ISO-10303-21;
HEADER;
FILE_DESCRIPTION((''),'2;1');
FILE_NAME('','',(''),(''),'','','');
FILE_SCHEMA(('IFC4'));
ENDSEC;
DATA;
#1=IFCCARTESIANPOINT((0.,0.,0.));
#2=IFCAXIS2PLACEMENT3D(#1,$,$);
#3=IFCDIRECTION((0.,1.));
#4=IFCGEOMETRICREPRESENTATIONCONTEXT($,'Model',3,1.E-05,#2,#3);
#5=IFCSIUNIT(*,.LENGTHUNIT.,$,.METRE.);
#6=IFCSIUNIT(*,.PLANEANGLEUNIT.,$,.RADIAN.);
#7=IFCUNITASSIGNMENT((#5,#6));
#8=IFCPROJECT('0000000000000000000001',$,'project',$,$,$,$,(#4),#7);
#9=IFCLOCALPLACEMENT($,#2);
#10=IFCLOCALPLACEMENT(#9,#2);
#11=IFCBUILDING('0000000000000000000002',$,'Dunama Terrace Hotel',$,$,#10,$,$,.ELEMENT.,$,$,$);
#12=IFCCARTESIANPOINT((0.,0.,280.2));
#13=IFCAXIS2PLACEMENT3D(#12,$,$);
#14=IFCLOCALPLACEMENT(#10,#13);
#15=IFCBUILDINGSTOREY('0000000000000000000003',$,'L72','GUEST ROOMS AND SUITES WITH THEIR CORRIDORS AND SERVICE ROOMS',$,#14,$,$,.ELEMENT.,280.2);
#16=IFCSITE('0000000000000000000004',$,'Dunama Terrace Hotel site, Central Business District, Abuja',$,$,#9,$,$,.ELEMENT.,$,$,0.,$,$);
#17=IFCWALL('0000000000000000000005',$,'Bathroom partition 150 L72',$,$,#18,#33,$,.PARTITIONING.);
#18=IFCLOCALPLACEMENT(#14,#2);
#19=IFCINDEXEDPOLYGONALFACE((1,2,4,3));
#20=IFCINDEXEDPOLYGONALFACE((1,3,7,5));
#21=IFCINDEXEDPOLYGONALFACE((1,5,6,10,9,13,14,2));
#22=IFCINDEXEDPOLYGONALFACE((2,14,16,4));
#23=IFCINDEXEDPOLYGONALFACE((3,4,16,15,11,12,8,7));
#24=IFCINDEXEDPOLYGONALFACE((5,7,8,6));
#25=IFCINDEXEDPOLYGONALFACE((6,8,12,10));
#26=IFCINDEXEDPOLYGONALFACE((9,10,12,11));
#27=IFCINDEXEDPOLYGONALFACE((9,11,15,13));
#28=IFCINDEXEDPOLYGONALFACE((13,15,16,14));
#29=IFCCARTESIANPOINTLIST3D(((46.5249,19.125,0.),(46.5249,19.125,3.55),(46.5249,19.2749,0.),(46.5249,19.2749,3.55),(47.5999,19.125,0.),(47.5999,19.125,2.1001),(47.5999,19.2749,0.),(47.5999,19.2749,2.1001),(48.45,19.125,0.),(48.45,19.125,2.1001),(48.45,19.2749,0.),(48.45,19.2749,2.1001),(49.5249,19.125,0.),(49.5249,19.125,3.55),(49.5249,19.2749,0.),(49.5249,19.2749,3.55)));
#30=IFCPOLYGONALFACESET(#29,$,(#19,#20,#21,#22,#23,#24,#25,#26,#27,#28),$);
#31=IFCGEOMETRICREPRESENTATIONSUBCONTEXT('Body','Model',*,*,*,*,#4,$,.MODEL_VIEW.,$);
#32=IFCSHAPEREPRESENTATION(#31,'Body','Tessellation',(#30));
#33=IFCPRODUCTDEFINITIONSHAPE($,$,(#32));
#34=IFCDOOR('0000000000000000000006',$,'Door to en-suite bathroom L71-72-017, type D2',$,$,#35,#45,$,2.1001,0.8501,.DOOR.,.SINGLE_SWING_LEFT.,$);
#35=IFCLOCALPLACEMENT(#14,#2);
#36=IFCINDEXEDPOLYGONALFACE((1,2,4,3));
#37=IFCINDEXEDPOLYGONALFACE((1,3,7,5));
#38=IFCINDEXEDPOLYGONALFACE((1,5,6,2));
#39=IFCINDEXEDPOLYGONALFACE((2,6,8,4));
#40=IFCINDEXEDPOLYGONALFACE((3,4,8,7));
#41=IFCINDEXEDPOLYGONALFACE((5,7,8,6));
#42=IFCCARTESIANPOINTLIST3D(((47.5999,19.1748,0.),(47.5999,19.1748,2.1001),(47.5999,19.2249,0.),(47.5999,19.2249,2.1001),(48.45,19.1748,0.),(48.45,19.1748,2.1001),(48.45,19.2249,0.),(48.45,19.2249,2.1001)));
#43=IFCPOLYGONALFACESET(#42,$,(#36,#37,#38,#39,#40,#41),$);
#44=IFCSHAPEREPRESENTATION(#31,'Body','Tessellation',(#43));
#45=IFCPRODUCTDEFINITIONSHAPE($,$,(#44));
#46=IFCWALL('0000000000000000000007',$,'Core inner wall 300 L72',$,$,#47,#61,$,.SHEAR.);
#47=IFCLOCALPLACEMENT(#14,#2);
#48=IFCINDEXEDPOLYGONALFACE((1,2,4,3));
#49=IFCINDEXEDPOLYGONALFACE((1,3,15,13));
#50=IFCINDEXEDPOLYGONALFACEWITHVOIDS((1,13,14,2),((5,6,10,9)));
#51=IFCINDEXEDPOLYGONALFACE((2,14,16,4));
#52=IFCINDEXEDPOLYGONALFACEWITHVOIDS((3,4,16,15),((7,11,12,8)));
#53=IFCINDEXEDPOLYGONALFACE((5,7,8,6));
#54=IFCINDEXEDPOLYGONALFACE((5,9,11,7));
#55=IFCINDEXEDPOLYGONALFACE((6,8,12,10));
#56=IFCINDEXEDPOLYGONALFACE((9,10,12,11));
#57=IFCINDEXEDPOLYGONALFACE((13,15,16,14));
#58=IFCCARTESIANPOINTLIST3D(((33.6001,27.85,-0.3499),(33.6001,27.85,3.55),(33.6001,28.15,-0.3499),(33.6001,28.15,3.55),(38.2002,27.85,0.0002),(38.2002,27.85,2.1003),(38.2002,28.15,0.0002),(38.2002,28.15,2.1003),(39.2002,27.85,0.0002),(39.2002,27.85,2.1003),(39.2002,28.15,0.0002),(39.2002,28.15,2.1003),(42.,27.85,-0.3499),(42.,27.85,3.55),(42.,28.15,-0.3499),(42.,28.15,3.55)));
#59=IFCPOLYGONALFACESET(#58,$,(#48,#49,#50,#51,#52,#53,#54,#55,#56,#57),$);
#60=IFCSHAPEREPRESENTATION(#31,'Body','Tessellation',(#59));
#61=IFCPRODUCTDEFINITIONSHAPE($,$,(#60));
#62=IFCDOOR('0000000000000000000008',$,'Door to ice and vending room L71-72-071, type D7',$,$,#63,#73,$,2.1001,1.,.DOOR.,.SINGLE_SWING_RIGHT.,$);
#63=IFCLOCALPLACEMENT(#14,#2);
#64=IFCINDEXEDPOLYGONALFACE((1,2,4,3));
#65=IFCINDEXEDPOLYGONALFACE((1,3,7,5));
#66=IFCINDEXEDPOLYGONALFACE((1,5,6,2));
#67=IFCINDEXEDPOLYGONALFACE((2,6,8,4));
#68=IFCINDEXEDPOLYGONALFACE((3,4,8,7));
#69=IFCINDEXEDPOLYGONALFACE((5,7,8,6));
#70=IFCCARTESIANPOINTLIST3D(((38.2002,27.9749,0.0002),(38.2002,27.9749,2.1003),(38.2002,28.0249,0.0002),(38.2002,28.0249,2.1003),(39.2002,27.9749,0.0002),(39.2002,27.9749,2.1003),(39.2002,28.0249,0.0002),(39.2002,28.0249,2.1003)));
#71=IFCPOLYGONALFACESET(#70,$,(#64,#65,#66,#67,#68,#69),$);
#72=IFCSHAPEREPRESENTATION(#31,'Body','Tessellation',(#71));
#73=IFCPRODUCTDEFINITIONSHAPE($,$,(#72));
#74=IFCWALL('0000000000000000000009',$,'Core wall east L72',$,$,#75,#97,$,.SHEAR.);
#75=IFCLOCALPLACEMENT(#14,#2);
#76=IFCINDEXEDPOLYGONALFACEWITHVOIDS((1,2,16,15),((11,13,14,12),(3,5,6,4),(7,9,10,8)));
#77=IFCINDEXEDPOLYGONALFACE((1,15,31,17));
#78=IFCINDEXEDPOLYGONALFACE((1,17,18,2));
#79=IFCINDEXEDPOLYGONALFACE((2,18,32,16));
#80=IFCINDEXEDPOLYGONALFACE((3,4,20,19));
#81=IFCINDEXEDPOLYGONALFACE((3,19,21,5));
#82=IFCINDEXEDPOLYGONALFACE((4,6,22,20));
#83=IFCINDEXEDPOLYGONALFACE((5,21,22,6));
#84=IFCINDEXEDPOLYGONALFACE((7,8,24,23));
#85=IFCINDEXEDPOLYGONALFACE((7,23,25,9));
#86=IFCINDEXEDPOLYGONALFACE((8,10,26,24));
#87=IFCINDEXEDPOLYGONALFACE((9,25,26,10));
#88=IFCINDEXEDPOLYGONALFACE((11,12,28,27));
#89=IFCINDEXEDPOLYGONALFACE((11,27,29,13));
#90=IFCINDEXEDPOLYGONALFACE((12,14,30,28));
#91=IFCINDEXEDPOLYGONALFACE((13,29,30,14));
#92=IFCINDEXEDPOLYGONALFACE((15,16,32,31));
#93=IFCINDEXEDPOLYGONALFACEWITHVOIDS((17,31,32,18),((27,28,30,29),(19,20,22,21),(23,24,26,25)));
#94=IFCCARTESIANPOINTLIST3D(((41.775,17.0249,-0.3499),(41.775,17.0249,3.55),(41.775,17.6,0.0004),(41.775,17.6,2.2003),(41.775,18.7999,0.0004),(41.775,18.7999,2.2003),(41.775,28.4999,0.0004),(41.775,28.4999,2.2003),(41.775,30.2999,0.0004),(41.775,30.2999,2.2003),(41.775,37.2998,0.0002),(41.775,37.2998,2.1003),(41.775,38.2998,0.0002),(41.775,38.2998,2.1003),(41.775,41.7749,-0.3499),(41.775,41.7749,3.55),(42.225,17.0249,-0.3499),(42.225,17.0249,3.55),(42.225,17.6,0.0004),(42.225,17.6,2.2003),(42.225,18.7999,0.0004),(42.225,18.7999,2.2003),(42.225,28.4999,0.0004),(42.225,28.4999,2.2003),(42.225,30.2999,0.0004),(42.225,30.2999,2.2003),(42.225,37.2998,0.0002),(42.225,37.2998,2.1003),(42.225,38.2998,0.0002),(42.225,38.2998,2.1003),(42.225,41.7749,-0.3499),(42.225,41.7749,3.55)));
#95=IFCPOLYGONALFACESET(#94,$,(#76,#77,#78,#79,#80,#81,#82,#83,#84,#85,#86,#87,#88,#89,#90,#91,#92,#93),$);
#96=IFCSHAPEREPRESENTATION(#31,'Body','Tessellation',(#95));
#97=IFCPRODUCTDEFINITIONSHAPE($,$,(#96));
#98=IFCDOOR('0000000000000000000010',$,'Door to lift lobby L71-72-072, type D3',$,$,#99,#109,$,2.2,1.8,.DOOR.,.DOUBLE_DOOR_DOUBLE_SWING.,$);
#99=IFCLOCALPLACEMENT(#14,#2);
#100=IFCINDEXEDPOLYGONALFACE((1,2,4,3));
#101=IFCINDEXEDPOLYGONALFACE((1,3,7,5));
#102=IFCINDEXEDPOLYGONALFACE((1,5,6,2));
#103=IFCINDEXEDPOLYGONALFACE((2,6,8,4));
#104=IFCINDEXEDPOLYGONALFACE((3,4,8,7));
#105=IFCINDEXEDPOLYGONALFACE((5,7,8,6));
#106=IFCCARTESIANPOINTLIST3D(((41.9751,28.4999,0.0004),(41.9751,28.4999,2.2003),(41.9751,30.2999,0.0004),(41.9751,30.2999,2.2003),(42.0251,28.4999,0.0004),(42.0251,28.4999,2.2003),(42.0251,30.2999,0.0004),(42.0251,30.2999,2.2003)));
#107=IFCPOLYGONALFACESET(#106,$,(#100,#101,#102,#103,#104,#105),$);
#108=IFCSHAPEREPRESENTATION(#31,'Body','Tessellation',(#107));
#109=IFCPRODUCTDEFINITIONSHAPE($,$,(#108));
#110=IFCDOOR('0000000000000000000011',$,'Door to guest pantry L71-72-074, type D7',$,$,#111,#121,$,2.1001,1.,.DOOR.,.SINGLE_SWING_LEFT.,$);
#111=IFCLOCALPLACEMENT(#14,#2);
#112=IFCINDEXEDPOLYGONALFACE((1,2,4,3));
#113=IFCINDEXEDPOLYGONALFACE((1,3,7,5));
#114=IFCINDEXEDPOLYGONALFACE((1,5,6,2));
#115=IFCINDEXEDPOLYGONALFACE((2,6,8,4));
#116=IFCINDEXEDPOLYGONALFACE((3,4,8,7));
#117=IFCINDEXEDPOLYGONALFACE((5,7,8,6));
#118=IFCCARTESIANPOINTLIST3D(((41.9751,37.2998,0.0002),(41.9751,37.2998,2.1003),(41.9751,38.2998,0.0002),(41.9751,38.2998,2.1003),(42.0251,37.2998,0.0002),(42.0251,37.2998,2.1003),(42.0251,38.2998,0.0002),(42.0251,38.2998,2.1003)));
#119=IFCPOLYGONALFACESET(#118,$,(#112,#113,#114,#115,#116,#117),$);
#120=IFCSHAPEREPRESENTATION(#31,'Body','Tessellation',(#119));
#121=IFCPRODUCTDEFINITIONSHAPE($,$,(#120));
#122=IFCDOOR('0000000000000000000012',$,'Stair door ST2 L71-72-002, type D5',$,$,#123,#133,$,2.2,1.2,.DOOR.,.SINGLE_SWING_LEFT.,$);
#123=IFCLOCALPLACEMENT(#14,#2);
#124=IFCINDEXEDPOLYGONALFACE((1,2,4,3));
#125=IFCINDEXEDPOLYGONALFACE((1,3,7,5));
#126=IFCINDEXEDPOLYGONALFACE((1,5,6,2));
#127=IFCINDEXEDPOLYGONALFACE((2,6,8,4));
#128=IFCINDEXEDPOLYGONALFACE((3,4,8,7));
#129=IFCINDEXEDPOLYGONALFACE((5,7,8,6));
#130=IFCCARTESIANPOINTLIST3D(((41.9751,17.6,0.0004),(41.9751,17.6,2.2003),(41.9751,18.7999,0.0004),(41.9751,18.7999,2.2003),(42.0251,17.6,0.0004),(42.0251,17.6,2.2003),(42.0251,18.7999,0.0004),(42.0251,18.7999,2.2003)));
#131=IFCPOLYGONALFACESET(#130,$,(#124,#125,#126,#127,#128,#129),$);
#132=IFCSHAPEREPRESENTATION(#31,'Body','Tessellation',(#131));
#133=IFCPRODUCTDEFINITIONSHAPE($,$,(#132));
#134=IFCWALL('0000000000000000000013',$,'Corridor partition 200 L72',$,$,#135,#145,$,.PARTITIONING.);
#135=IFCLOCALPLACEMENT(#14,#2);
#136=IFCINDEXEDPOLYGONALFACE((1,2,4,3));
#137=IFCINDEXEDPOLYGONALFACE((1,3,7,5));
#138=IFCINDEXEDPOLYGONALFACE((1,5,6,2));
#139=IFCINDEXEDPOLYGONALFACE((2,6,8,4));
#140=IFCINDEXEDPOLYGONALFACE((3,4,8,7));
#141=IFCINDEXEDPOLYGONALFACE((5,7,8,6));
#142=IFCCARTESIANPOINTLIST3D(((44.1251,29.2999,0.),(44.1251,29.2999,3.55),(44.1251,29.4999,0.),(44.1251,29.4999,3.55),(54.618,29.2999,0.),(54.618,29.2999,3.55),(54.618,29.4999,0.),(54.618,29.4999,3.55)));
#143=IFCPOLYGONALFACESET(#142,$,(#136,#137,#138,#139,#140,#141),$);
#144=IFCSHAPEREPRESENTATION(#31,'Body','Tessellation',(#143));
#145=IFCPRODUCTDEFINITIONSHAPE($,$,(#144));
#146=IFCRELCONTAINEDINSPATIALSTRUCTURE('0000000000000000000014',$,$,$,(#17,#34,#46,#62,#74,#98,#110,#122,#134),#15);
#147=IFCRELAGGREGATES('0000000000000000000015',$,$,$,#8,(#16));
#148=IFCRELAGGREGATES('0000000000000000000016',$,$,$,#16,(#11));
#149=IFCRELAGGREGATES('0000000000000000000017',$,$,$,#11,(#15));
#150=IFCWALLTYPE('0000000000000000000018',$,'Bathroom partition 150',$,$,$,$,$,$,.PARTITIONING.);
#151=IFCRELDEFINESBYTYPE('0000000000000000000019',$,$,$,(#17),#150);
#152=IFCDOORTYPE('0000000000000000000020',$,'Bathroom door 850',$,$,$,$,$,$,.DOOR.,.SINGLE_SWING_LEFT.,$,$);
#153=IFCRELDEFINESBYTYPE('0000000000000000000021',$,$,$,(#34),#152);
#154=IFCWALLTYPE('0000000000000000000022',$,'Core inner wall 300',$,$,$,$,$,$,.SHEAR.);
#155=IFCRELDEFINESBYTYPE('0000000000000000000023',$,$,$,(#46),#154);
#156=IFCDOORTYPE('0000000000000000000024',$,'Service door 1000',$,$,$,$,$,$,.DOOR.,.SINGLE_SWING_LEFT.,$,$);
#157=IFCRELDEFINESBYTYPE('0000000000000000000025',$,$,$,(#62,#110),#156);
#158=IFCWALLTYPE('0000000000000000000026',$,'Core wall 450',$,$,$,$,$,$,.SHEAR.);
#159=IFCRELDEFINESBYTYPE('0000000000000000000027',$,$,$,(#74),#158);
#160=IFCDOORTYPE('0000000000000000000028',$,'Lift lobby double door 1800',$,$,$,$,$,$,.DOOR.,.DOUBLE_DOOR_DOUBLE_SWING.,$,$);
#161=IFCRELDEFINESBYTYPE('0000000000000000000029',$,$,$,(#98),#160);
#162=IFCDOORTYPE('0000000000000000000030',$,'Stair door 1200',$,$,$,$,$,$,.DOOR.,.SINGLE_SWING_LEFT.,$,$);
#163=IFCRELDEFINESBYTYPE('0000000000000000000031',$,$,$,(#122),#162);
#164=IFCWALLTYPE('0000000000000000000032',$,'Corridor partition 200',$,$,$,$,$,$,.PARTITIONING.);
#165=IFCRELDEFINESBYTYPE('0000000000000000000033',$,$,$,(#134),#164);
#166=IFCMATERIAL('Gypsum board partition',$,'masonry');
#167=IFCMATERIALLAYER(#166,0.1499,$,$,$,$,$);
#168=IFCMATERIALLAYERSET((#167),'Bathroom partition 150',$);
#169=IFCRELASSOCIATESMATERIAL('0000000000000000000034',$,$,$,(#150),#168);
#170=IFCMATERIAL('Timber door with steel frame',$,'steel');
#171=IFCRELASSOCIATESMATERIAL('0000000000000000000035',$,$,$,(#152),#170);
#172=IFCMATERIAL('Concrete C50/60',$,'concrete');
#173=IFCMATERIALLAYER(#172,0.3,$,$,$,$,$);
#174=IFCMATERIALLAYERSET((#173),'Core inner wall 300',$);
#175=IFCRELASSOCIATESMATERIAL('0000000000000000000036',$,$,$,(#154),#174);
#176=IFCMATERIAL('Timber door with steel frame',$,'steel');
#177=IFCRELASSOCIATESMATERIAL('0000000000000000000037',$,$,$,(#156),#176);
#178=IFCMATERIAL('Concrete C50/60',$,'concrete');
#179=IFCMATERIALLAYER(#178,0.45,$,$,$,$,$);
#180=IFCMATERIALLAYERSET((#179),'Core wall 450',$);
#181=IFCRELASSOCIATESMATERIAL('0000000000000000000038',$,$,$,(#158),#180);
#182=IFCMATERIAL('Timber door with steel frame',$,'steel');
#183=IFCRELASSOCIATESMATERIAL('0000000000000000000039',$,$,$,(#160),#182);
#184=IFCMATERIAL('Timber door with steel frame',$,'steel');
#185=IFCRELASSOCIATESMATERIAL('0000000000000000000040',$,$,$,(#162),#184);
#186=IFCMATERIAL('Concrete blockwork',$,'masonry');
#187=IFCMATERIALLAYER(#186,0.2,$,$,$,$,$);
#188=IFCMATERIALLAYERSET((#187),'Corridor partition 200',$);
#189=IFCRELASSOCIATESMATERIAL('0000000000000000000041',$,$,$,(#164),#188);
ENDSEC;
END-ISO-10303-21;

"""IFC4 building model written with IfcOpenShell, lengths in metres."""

from ifc_helpers import new_model, si_unit, direction, frame, frame_2d, origin, place, context, subcontext, project, spatial, rectangle, extrude, material, layer, layer_set, type_object, element, fill, save


model = new_model("IFC4")

# Units and contexts
model_context = context("Model", 3, precision=1e-05, world=origin(), true_north=direction((0.0, 1.0)))
body_context = subcontext(model_context, "Body", "Model", "MODEL_VIEW")
ifc_project = project(units=[si_unit("LENGTHUNIT", "METRE"), si_unit("PLANEANGLEUNIT", "RADIAN")], contexts=[model_context])

# Site, building, storey
site_placement = place(None, origin())
site = spatial("IfcSite", under=ifc_project, at=site_placement, Name="Dunama Terrace Hotel site, Central Business District, Abuja", CompositionType="ELEMENT", RefElevation=0.0)
building_placement = place(site_placement, origin())
building = spatial("IfcBuilding", under=site, at=building_placement, Name="Dunama Terrace Hotel", CompositionType="ELEMENT")
storey_placement = place(building_placement, frame((0.0, 0.0, 280.2)))
storey = spatial("IfcBuildingStorey", under=building, at=storey_placement, Name="L72", Description="GUEST ROOMS AND SUITES WITH THEIR CORRIDORS AND SERVICE ROOMS", CompositionType="ELEMENT", Elevation=280.2)

# Walls, openings, doors
ifc_material_1 = material(Name="Gypsum board partition", Category="masonry")
ifc_layer_1 = layer(ifc_material_1, 0.1499)
ifc_layer_set_1 = layer_set([ifc_layer_1], Name="Bathroom partition 150")
wall_type_1 = type_object("IfcWallType", Name="Bathroom partition 150", PredefinedType="PARTITIONING", material=ifc_layer_set_1)
wall_1_placement = place(storey_placement, frame((46.5249, 19.2, 0.0), z_axis=(0.0, 0.0, 1.0), x_axis=(1.0, 0.0, 0.0)))
wall_1 = element("IfcWall", 1, at=wall_1_placement, inside=storey, type_object=wall_type_1, Name="Bathroom partition 150 L72", PredefinedType="PARTITIONING", context=body_context, shape_type="SweptSolid", body=[
    extrude(rectangle(XDim=3.0, YDim=0.1499, at=frame_2d((1.5, 0.0))), origin(), (0.0, 0.0, 1.0), 3.55),
])
opening_1_placement = place(wall_1_placement, frame((1.075, 0.0, 0.0)))
opening_1 = element("IfcOpeningElement", 2, at=opening_1_placement, cuts=wall_1, PredefinedType="OPENING", context=body_context, shape_type="SweptSolid", body=[
    extrude(rectangle(XDim=0.8501, YDim=2.1001, at=frame_2d((0.425, 1.05))), frame((0.0, 0.085, 0.0), z_axis=(0.0, -1.0, 0.0), x_axis=(1.0, 0.0, 0.0)), (0.0, 0.0, 1.0), 0.1699),
])
ifc_material_2 = material(Name="Timber door with steel frame", Category="steel")
door_type_1 = type_object("IfcDoorType", Name="Bathroom door 850", OperationType="SINGLE_SWING_LEFT", PredefinedType="DOOR", material=ifc_material_2)
door_1_placement = place(opening_1_placement, frame((0.8501, 0.0, 0.0), z_axis=(0.0, 0.0, 1.0), x_axis=(-1.0, 0.0, 0.0)))
door_1 = element("IfcDoor", 3, at=door_1_placement, inside=storey, type_object=door_type_1, Name="Door to en-suite bathroom L71-72-017, type D2", OperationType="SINGLE_SWING_LEFT", OverallHeight=2.1001, OverallWidth=0.8501, PredefinedType="DOOR", context=body_context, shape_type="SweptSolid", body=[
    extrude(rectangle(XDim=0.8501, YDim=2.1001, at=frame_2d((0.425, 1.05))), frame((0.0, 0.0251, 0.0), z_axis=(0.0, -1.0, 0.0), x_axis=(1.0, 0.0, 0.0)), (0.0, 0.0, 1.0), 0.05),
])
fill(opening_1, door_1)
ifc_material_3 = material(Name="Concrete C50/60", Category="concrete")
ifc_layer_2 = layer(ifc_material_3, 0.3)
ifc_layer_set_2 = layer_set([ifc_layer_2], Name="Core inner wall 300")
wall_type_2 = type_object("IfcWallType", Name="Core inner wall 300", PredefinedType="SHEAR", material=ifc_layer_set_2)
wall_2_placement = place(storey_placement, frame((33.6001, 28.0, -0.3499), z_axis=(0.0, 0.0, 1.0), x_axis=(1.0, 0.0, 0.0)))
wall_2 = element("IfcWall", 4, at=wall_2_placement, inside=storey, type_object=wall_type_2, Name="Core inner wall 300 L72", PredefinedType="SHEAR", context=body_context, shape_type="SweptSolid", body=[
    extrude(rectangle(XDim=8.3999, YDim=0.3, at=frame_2d((4.2, 0.0))), origin(), (0.0, 0.0, 1.0), 3.8999),
])
opening_2_placement = place(wall_2_placement, frame((4.6001, 0.0, 0.3501)))
opening_2 = element("IfcOpeningElement", 5, at=opening_2_placement, cuts=wall_2, PredefinedType="OPENING", context=body_context, shape_type="SweptSolid", body=[
    extrude(rectangle(XDim=1.0, YDim=2.1001, at=frame_2d((0.5, 1.05))), frame((0.0, 0.1599, 0.0), z_axis=(0.0, -1.0, 0.0), x_axis=(1.0, 0.0, 0.0)), (0.0, 0.0, 1.0), 0.3201),
])
ifc_material_4 = material(Name="Timber door with steel frame", Category="steel")
door_type_2 = type_object("IfcDoorType", Name="Service door 1000", OperationType="SINGLE_SWING_LEFT", PredefinedType="DOOR", material=ifc_material_4)
door_2_placement = place(opening_2_placement, frame((1.0, 0.0, 0.0), z_axis=(0.0, 0.0, 1.0), x_axis=(-1.0, 0.0, 0.0)))
door_2 = element("IfcDoor", 6, at=door_2_placement, inside=storey, type_object=door_type_2, Name="Door to ice and vending room L71-72-071, type D7", OperationType="SINGLE_SWING_RIGHT", OverallHeight=2.1001, OverallWidth=1.0, PredefinedType="DOOR", context=body_context, shape_type="SweptSolid", body=[
    extrude(rectangle(XDim=1.0, YDim=2.1001, at=frame_2d((0.5, 1.05))), frame((0.0, 0.0251, 0.0), z_axis=(0.0, -1.0, 0.0), x_axis=(1.0, 0.0, 0.0)), (0.0, 0.0, 1.0), 0.05),
])
fill(opening_2, door_2)

# Wall, openings, doors
ifc_material_5 = material(Name="Concrete C50/60", Category="concrete")
ifc_layer_3 = layer(ifc_material_5, 0.45)
ifc_layer_set_3 = layer_set([ifc_layer_3], Name="Core wall 450")
wall_type_3 = type_object("IfcWallType", Name="Core wall 450", PredefinedType="SHEAR", material=ifc_layer_set_3)
wall_3_placement = place(storey_placement, frame((42.0, 17.0249, -0.3499), z_axis=(0.0, 0.0, 1.0), x_axis=(0.0, 1.0, 0.0)))
wall_3 = element("IfcWall", 7, at=wall_3_placement, inside=storey, type_object=wall_type_3, Name="Core wall east L72", PredefinedType="SHEAR", context=body_context, shape_type="SweptSolid", body=[
    extrude(rectangle(XDim=24.75, YDim=0.45, at=frame_2d((12.375, 0.0))), origin(), (0.0, 0.0, 1.0), 3.8999),
])
opening_3_placement = place(wall_3_placement, frame((0.575, 0.0, 0.3501)))
opening_3 = element("IfcOpeningElement", 8, at=opening_3_placement, cuts=wall_3, PredefinedType="OPENING", context=body_context, shape_type="SweptSolid", body=[
    extrude(rectangle(XDim=1.2, YDim=2.2, at=frame_2d((0.6001, 1.1001))), frame((0.0, 0.2349, 0.0), z_axis=(0.0, -1.0, 0.0), x_axis=(1.0, 0.0, 0.0)), (0.0, 0.0, 1.0), 0.47),
])
opening_4_placement = place(wall_3_placement, frame((11.4751, 0.0, 0.3501)))
opening_4 = element("IfcOpeningElement", 9, at=opening_4_placement, cuts=wall_3, PredefinedType="OPENING", context=body_context, shape_type="SweptSolid", body=[
    extrude(rectangle(XDim=1.8, YDim=2.2, at=frame_2d((0.8999, 1.1001))), frame((0.0, 0.2349, 0.0), z_axis=(0.0, -1.0, 0.0), x_axis=(1.0, 0.0, 0.0)), (0.0, 0.0, 1.0), 0.47),
])
opening_5_placement = place(wall_3_placement, frame((20.2749, 0.0, 0.3501)))
opening_5 = element("IfcOpeningElement", 10, at=opening_5_placement, cuts=wall_3, PredefinedType="OPENING", context=body_context, shape_type="SweptSolid", body=[
    extrude(rectangle(XDim=1.0, YDim=2.1001, at=frame_2d((0.5, 1.05))), frame((0.0, 0.2349, 0.0), z_axis=(0.0, -1.0, 0.0), x_axis=(1.0, 0.0, 0.0)), (0.0, 0.0, 1.0), 0.47),
])
ifc_material_6 = material(Name="Timber door with steel frame", Category="steel")
door_type_3 = type_object("IfcDoorType", Name="Lift lobby double door 1800", OperationType="DOUBLE_DOOR_DOUBLE_SWING", PredefinedType="DOOR", material=ifc_material_6)
door_3_placement = place(opening_4_placement, origin())
door_3 = element("IfcDoor", 11, at=door_3_placement, inside=storey, type_object=door_type_3, Name="Door to lift lobby L71-72-072, type D3", OperationType="DOUBLE_DOOR_DOUBLE_SWING", OverallHeight=2.2, OverallWidth=1.8, PredefinedType="DOOR", context=body_context, shape_type="SweptSolid", body=[
    extrude(rectangle(XDim=1.8, YDim=2.2, at=frame_2d((0.8999, 1.1001))), frame((0.0, 0.0249, 0.0), z_axis=(0.0, -1.0, 0.0), x_axis=(1.0, 0.0, 0.0)), (0.0, 0.0, 1.0), 0.05),
])
fill(opening_4, door_3)
door_4_placement = place(opening_5_placement, origin())
door_4 = element("IfcDoor", 12, at=door_4_placement, inside=storey, type_object=door_type_2, Name="Door to guest pantry L71-72-074, type D7", OperationType="SINGLE_SWING_LEFT", OverallHeight=2.1001, OverallWidth=1.0, PredefinedType="DOOR", context=body_context, shape_type="SweptSolid", body=[
    extrude(rectangle(XDim=1.0, YDim=2.1001, at=frame_2d((0.5, 1.05))), frame((0.0, 0.0249, 0.0), z_axis=(0.0, -1.0, 0.0), x_axis=(1.0, 0.0, 0.0)), (0.0, 0.0, 1.0), 0.05),
])
fill(opening_5, door_4)
ifc_material_7 = material(Name="Timber door with steel frame", Category="steel")
door_type_4 = type_object("IfcDoorType", Name="Stair door 1200", OperationType="SINGLE_SWING_LEFT", PredefinedType="DOOR", material=ifc_material_7)
door_5_placement = place(opening_3_placement, origin())
door_5 = element("IfcDoor", 13, at=door_5_placement, inside=storey, type_object=door_type_4, Name="Stair door ST2 L71-72-002, type D5", OperationType="SINGLE_SWING_LEFT", OverallHeight=2.2, OverallWidth=1.2, PredefinedType="DOOR", context=body_context, shape_type="SweptSolid", body=[
    extrude(rectangle(XDim=1.2, YDim=2.2, at=frame_2d((0.6001, 1.1001))), frame((0.0, 0.0249, 0.0), z_axis=(0.0, -1.0, 0.0), x_axis=(1.0, 0.0, 0.0)), (0.0, 0.0, 1.0), 0.05),
])
fill(opening_3, door_5)

# Wall
ifc_material_8 = material(Name="Concrete blockwork", Category="masonry")
ifc_layer_4 = layer(ifc_material_8, 0.2)
ifc_layer_set_4 = layer_set([ifc_layer_4], Name="Corridor partition 200")
wall_type_4 = type_object("IfcWallType", Name="Corridor partition 200", PredefinedType="PARTITIONING", material=ifc_layer_set_4)
wall_4_placement = place(storey_placement, frame((44.125, 29.3999, 0.0), z_axis=(0.0, 0.0, 1.0), x_axis=(1.0, 0.0, 0.0)))
element("IfcWall", 14, at=wall_4_placement, inside=storey, type_object=wall_type_4, Name="Corridor partition 200 L72", PredefinedType="PARTITIONING", context=body_context, shape_type="SweptSolid", body=[
    extrude(rectangle(XDim=10.4929, YDim=0.2, at=frame_2d((5.2466, 0.0))), origin(), (0.0, 0.0, 1.0), 3.55),
])

save(model, "model.ifc")
